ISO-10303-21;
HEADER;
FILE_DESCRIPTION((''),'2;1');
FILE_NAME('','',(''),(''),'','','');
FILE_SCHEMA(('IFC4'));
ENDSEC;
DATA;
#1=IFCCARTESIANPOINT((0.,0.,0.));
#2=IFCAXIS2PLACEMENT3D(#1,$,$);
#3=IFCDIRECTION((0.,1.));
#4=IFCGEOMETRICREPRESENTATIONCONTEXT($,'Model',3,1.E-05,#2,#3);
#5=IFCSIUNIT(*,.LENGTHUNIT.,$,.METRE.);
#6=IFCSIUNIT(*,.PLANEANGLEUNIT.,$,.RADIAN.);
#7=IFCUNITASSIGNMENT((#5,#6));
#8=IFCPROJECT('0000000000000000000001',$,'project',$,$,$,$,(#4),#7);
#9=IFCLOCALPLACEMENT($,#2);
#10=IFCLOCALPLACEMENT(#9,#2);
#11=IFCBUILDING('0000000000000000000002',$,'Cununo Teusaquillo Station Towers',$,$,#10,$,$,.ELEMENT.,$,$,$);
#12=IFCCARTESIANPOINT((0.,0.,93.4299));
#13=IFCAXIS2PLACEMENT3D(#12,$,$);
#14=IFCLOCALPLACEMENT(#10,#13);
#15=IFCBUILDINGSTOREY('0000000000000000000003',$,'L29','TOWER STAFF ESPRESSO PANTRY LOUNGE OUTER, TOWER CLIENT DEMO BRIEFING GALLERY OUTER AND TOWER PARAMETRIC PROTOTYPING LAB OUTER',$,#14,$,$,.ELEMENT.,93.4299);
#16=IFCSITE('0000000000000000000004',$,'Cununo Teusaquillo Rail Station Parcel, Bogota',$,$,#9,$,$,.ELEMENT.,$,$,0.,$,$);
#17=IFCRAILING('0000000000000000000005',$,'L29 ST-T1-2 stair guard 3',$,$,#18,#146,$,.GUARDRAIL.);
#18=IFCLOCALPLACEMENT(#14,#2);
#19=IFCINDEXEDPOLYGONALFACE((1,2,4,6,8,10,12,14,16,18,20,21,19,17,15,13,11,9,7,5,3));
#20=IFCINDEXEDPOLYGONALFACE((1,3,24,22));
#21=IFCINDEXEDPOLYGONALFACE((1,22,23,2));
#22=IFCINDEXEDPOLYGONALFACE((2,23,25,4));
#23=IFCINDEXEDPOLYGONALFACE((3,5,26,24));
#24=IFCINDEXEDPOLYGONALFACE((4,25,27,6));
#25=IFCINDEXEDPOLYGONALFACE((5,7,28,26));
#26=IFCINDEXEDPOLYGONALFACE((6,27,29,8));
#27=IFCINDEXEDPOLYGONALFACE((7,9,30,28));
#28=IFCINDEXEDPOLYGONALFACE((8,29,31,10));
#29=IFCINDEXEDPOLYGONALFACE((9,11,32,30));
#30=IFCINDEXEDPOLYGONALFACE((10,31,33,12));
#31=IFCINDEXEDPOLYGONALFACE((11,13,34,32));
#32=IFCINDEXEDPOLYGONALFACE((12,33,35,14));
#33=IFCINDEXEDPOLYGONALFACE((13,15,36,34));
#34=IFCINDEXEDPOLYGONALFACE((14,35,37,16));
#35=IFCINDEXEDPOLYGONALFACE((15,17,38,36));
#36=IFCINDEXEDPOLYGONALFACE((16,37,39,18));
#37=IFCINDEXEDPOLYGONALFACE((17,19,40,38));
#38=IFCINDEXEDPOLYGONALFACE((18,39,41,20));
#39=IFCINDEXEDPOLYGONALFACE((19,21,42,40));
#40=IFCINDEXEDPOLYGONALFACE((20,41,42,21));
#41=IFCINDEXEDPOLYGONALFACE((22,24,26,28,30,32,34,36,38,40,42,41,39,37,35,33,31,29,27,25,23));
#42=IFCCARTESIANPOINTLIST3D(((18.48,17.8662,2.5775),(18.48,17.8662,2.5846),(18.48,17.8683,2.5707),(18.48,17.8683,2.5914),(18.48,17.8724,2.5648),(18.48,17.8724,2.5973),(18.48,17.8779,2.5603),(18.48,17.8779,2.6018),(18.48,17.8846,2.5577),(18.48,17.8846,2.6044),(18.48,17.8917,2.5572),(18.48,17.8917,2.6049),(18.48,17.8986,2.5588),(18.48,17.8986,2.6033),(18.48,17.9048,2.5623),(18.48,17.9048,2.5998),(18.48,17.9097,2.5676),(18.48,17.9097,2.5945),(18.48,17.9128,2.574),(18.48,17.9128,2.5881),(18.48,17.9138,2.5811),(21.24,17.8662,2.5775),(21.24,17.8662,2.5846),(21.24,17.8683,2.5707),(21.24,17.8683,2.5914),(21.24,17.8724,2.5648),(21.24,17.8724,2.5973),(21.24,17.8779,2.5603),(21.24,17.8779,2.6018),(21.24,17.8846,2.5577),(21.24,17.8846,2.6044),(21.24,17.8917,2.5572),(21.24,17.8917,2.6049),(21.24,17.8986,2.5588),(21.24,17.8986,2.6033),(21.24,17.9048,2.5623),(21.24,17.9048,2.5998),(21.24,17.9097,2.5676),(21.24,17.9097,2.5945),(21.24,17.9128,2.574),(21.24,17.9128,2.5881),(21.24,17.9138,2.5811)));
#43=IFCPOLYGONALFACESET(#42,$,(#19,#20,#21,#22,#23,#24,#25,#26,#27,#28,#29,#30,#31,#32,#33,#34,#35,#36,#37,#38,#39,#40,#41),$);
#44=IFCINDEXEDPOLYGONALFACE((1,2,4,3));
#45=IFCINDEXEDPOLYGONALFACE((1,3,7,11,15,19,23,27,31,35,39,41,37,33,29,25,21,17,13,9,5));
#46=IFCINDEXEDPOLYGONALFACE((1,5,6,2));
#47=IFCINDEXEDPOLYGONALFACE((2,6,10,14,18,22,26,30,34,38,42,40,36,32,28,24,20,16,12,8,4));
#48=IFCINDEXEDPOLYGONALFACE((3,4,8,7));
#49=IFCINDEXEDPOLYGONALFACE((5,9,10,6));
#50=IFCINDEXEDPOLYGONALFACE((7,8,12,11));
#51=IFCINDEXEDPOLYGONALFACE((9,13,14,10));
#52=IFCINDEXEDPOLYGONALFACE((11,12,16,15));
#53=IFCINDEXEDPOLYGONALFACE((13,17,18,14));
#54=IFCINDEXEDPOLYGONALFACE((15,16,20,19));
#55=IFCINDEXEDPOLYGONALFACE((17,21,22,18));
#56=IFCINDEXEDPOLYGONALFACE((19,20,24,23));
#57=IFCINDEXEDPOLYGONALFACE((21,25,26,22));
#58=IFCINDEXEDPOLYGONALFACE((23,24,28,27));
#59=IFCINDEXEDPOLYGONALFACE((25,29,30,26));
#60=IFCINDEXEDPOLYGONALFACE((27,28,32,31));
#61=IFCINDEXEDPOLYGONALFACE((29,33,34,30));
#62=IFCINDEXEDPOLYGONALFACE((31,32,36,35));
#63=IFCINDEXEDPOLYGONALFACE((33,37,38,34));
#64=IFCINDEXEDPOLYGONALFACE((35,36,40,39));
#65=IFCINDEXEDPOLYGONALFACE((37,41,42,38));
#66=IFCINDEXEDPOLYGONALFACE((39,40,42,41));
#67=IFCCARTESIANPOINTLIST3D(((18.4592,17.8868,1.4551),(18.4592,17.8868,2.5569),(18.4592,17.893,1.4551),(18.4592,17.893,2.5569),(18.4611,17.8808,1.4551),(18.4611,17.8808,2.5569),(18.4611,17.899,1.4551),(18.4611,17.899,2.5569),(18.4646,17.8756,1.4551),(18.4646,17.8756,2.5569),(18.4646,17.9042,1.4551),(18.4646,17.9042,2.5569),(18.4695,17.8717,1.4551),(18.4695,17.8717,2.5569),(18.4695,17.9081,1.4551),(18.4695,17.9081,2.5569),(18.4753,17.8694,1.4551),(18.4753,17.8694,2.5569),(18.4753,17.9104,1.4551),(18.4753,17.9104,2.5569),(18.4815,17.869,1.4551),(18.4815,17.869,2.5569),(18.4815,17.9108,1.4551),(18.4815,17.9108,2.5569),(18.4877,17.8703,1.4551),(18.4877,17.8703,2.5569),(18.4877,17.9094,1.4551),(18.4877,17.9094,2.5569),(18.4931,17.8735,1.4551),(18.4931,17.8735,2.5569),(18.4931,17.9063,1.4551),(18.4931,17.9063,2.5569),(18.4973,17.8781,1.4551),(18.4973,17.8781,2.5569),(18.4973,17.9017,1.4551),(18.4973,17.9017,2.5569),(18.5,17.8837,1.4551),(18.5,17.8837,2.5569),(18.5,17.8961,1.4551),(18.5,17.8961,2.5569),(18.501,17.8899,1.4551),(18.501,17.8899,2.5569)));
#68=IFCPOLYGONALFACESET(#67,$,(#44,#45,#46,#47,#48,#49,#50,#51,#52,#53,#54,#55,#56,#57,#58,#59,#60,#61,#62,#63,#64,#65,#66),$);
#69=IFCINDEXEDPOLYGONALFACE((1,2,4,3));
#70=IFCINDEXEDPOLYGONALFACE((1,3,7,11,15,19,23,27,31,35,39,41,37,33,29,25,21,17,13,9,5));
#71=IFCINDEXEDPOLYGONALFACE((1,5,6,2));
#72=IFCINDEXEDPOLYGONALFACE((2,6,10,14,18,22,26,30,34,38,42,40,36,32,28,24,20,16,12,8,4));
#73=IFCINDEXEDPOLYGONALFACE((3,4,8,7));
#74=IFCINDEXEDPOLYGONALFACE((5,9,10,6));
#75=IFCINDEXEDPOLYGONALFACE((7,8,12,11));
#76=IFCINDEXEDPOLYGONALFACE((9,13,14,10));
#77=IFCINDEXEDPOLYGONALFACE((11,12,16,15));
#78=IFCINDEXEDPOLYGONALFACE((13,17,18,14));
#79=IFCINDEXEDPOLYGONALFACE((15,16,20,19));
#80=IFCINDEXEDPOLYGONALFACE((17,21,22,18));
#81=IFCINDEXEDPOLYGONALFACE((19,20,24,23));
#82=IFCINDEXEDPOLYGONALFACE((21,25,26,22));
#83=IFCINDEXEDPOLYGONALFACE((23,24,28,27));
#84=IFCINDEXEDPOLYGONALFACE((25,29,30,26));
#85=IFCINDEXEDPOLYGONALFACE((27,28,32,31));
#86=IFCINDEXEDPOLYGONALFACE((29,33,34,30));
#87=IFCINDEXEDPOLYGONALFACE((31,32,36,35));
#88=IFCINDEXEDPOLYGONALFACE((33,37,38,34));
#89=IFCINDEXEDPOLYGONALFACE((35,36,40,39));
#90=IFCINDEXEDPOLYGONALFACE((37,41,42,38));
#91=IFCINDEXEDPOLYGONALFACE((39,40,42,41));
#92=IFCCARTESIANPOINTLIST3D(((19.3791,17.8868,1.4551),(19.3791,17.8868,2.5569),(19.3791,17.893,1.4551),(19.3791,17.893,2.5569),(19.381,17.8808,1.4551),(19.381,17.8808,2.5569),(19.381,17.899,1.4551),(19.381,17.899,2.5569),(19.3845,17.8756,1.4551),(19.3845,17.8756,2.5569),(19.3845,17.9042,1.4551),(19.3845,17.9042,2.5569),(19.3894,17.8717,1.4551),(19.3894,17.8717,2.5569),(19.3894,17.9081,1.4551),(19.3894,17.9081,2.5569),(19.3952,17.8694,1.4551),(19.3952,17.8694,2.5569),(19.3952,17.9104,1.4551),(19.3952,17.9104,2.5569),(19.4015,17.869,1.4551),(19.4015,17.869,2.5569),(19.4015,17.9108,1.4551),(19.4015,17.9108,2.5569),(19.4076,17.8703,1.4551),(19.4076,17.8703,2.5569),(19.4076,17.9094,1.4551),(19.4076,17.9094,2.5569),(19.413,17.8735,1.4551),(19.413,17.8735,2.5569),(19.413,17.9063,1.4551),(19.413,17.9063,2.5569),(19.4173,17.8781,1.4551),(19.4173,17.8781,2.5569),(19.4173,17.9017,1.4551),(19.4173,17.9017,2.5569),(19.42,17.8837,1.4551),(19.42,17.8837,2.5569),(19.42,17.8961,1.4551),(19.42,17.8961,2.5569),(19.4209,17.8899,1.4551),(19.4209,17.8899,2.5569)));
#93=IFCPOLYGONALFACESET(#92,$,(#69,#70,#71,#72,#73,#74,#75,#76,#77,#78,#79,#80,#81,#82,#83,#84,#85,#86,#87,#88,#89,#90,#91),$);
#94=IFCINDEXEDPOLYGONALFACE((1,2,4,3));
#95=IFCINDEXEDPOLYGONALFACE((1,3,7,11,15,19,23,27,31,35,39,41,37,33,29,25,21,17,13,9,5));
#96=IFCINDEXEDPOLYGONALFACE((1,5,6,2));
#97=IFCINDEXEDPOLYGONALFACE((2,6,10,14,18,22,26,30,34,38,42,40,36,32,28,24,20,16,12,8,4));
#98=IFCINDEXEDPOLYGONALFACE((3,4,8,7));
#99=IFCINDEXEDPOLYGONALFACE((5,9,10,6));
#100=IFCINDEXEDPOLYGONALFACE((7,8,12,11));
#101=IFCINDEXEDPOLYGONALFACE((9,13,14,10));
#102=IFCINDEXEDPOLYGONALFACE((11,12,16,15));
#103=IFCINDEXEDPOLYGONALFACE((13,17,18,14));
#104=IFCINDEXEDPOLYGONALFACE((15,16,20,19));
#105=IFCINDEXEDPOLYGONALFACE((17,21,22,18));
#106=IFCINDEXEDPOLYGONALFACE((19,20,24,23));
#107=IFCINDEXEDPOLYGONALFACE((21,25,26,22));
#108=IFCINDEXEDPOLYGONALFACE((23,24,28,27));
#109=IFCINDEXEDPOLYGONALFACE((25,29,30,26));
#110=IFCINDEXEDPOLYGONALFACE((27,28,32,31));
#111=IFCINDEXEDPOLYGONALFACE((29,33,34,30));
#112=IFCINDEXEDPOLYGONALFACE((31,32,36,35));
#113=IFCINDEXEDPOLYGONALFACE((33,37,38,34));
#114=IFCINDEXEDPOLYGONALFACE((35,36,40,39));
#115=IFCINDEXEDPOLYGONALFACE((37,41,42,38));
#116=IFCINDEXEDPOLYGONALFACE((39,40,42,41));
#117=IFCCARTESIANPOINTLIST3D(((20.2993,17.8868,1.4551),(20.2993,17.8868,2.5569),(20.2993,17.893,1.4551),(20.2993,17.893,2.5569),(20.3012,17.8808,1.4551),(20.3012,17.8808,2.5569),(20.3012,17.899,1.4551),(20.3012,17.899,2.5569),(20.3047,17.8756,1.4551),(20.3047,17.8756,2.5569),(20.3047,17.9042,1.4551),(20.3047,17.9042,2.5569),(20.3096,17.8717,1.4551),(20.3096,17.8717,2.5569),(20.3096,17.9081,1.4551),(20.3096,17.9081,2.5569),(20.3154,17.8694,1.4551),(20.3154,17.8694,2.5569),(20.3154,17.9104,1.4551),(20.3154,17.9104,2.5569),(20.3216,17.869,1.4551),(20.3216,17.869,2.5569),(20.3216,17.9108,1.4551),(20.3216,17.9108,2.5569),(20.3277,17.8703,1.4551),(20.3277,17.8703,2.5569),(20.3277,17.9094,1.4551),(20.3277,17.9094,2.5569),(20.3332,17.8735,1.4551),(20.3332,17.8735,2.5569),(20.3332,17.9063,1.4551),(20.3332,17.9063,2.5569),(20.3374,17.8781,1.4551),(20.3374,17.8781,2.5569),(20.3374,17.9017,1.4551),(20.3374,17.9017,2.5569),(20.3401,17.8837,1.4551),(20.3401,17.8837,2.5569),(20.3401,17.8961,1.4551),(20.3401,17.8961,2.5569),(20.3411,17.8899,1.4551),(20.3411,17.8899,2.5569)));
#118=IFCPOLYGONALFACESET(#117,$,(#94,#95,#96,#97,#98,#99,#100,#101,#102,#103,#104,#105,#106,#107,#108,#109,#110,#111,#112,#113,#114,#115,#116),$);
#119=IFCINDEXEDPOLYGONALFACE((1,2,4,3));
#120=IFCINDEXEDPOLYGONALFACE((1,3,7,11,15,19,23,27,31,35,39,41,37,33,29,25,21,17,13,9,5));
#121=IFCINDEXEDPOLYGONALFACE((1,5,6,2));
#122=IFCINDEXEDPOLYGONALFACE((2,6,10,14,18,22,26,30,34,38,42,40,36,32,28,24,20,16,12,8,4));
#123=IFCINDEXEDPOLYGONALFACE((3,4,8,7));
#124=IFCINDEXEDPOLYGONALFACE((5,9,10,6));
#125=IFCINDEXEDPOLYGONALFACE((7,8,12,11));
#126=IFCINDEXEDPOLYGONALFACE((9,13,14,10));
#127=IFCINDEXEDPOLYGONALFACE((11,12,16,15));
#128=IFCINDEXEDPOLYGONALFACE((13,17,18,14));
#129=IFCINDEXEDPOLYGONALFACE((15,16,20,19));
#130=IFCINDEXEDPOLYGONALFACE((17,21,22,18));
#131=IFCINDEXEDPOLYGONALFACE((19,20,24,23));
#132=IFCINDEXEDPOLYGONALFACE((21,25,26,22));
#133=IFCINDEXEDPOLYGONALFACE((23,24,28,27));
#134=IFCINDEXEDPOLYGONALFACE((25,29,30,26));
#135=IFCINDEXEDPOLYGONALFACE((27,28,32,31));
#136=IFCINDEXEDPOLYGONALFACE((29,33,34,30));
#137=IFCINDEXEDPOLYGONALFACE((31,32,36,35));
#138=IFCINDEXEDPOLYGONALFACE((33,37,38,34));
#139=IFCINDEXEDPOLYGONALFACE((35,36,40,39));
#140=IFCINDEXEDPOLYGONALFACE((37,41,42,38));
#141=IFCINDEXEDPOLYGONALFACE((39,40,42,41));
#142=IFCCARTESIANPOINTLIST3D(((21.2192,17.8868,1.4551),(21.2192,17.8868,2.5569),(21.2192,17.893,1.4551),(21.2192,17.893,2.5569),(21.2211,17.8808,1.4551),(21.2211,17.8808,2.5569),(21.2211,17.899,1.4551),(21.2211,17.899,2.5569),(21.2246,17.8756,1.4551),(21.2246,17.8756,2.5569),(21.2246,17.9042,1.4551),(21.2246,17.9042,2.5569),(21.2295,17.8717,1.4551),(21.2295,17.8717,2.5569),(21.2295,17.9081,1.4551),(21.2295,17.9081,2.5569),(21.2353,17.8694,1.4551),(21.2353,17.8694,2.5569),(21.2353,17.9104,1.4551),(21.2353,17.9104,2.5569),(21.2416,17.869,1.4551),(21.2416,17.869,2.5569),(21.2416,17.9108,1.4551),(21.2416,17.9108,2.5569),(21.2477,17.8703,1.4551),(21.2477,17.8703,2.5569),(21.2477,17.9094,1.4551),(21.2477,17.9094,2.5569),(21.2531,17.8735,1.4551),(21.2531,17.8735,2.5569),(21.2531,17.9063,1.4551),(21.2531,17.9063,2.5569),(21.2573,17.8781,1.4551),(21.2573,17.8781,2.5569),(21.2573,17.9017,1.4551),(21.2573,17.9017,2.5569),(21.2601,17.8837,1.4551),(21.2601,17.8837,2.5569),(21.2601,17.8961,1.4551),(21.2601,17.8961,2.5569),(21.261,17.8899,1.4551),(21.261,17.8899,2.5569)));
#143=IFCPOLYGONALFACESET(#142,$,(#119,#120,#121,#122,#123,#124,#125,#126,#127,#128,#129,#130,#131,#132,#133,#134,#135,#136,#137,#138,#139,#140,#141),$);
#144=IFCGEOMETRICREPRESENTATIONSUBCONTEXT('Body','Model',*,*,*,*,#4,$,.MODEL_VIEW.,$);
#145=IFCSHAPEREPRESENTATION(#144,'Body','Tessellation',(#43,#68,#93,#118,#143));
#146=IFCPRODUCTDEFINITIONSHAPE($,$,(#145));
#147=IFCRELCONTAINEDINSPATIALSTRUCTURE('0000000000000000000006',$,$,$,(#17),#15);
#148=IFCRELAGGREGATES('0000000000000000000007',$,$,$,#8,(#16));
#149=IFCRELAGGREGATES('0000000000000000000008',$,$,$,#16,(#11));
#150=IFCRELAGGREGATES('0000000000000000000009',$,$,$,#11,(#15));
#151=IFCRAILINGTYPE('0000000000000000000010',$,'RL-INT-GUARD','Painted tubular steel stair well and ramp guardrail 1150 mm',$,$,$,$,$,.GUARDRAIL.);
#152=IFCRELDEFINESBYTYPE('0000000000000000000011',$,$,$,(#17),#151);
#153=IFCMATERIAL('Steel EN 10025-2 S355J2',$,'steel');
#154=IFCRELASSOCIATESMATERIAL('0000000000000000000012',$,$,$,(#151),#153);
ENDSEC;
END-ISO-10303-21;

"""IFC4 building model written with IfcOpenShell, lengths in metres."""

from ifc_helpers import new_model, si_unit, direction, frame, origin, origin_2d, place, context, subcontext, project, spatial, circle, extrude, material, type_object, element, save


model = new_model("IFC4")

# Units and contexts
model_context = context("Model", 3, precision=1e-05, world=origin(), true_north=direction((0.0, 1.0)))
body_context = subcontext(model_context, "Body", "Model", "MODEL_VIEW")
ifc_project = project(units=[si_unit("LENGTHUNIT", "METRE"), si_unit("PLANEANGLEUNIT", "RADIAN")], contexts=[model_context])

# Site, building, storey
site_placement = place(None, origin())
site = spatial("IfcSite", under=ifc_project, at=site_placement, Name="Cununo Teusaquillo Rail Station Parcel, Bogota", CompositionType="ELEMENT", RefElevation=0.0)
building_placement = place(site_placement, origin())
building = spatial("IfcBuilding", under=site, at=building_placement, Name="Cununo Teusaquillo Station Towers", CompositionType="ELEMENT")
storey_placement = place(building_placement, frame((0.0, 0.0, 93.4299)))
storey = spatial("IfcBuildingStorey", under=building, at=storey_placement, Name="L29", Description="TOWER STAFF ESPRESSO PANTRY LOUNGE OUTER, TOWER CLIENT DEMO BRIEFING GALLERY OUTER AND TOWER PARAMETRIC PROTOTYPING LAB OUTER", CompositionType="ELEMENT", Elevation=93.4299)

# Railing
ifc_material_1 = material(Name="Steel EN 10025-2 S355J2", Category="steel")
railing_type_1 = type_object("IfcRailingType", Name="RL-INT-GUARD", Description="Painted tubular steel stair well and ramp guardrail 1150 mm", PredefinedType="GUARDRAIL", material=ifc_material_1)
railing_1_placement = place(storey_placement, frame((18.48, 17.8899, 1.4551)))
element("IfcRailing", 1, at=railing_1_placement, inside=storey, type_object=railing_type_1, Name="L29 ST-T1-2 stair guard 3", PredefinedType="GUARDRAIL", context=body_context, shape_type="SweptSolid", body=[
    extrude(circle(Radius=0.0239, at=origin_2d()), frame((0.0, 0.0, 1.126), z_axis=(1.0, 0.0, 0.0), x_axis=(0.0, 1.0, 0.0)), (0.0, 0.0, 1.0), 2.76),
    extrude(circle(Radius=0.021, at=origin_2d()), origin(), (0.0, 0.0, 1.0), 1.1018),
    extrude(circle(Radius=0.021, at=origin_2d()), frame((0.9199, 0.0, 0.0)), (0.0, 0.0, 1.0), 1.1018),
    extrude(circle(Radius=0.021, at=origin_2d()), frame((1.8401, 0.0, 0.0)), (0.0, 0.0, 1.0), 1.1018),
    extrude(circle(Radius=0.021, at=origin_2d()), frame((2.76, 0.0, 0.0)), (0.0, 0.0, 1.0), 1.1018),
])

save(model, "model.ifc")
